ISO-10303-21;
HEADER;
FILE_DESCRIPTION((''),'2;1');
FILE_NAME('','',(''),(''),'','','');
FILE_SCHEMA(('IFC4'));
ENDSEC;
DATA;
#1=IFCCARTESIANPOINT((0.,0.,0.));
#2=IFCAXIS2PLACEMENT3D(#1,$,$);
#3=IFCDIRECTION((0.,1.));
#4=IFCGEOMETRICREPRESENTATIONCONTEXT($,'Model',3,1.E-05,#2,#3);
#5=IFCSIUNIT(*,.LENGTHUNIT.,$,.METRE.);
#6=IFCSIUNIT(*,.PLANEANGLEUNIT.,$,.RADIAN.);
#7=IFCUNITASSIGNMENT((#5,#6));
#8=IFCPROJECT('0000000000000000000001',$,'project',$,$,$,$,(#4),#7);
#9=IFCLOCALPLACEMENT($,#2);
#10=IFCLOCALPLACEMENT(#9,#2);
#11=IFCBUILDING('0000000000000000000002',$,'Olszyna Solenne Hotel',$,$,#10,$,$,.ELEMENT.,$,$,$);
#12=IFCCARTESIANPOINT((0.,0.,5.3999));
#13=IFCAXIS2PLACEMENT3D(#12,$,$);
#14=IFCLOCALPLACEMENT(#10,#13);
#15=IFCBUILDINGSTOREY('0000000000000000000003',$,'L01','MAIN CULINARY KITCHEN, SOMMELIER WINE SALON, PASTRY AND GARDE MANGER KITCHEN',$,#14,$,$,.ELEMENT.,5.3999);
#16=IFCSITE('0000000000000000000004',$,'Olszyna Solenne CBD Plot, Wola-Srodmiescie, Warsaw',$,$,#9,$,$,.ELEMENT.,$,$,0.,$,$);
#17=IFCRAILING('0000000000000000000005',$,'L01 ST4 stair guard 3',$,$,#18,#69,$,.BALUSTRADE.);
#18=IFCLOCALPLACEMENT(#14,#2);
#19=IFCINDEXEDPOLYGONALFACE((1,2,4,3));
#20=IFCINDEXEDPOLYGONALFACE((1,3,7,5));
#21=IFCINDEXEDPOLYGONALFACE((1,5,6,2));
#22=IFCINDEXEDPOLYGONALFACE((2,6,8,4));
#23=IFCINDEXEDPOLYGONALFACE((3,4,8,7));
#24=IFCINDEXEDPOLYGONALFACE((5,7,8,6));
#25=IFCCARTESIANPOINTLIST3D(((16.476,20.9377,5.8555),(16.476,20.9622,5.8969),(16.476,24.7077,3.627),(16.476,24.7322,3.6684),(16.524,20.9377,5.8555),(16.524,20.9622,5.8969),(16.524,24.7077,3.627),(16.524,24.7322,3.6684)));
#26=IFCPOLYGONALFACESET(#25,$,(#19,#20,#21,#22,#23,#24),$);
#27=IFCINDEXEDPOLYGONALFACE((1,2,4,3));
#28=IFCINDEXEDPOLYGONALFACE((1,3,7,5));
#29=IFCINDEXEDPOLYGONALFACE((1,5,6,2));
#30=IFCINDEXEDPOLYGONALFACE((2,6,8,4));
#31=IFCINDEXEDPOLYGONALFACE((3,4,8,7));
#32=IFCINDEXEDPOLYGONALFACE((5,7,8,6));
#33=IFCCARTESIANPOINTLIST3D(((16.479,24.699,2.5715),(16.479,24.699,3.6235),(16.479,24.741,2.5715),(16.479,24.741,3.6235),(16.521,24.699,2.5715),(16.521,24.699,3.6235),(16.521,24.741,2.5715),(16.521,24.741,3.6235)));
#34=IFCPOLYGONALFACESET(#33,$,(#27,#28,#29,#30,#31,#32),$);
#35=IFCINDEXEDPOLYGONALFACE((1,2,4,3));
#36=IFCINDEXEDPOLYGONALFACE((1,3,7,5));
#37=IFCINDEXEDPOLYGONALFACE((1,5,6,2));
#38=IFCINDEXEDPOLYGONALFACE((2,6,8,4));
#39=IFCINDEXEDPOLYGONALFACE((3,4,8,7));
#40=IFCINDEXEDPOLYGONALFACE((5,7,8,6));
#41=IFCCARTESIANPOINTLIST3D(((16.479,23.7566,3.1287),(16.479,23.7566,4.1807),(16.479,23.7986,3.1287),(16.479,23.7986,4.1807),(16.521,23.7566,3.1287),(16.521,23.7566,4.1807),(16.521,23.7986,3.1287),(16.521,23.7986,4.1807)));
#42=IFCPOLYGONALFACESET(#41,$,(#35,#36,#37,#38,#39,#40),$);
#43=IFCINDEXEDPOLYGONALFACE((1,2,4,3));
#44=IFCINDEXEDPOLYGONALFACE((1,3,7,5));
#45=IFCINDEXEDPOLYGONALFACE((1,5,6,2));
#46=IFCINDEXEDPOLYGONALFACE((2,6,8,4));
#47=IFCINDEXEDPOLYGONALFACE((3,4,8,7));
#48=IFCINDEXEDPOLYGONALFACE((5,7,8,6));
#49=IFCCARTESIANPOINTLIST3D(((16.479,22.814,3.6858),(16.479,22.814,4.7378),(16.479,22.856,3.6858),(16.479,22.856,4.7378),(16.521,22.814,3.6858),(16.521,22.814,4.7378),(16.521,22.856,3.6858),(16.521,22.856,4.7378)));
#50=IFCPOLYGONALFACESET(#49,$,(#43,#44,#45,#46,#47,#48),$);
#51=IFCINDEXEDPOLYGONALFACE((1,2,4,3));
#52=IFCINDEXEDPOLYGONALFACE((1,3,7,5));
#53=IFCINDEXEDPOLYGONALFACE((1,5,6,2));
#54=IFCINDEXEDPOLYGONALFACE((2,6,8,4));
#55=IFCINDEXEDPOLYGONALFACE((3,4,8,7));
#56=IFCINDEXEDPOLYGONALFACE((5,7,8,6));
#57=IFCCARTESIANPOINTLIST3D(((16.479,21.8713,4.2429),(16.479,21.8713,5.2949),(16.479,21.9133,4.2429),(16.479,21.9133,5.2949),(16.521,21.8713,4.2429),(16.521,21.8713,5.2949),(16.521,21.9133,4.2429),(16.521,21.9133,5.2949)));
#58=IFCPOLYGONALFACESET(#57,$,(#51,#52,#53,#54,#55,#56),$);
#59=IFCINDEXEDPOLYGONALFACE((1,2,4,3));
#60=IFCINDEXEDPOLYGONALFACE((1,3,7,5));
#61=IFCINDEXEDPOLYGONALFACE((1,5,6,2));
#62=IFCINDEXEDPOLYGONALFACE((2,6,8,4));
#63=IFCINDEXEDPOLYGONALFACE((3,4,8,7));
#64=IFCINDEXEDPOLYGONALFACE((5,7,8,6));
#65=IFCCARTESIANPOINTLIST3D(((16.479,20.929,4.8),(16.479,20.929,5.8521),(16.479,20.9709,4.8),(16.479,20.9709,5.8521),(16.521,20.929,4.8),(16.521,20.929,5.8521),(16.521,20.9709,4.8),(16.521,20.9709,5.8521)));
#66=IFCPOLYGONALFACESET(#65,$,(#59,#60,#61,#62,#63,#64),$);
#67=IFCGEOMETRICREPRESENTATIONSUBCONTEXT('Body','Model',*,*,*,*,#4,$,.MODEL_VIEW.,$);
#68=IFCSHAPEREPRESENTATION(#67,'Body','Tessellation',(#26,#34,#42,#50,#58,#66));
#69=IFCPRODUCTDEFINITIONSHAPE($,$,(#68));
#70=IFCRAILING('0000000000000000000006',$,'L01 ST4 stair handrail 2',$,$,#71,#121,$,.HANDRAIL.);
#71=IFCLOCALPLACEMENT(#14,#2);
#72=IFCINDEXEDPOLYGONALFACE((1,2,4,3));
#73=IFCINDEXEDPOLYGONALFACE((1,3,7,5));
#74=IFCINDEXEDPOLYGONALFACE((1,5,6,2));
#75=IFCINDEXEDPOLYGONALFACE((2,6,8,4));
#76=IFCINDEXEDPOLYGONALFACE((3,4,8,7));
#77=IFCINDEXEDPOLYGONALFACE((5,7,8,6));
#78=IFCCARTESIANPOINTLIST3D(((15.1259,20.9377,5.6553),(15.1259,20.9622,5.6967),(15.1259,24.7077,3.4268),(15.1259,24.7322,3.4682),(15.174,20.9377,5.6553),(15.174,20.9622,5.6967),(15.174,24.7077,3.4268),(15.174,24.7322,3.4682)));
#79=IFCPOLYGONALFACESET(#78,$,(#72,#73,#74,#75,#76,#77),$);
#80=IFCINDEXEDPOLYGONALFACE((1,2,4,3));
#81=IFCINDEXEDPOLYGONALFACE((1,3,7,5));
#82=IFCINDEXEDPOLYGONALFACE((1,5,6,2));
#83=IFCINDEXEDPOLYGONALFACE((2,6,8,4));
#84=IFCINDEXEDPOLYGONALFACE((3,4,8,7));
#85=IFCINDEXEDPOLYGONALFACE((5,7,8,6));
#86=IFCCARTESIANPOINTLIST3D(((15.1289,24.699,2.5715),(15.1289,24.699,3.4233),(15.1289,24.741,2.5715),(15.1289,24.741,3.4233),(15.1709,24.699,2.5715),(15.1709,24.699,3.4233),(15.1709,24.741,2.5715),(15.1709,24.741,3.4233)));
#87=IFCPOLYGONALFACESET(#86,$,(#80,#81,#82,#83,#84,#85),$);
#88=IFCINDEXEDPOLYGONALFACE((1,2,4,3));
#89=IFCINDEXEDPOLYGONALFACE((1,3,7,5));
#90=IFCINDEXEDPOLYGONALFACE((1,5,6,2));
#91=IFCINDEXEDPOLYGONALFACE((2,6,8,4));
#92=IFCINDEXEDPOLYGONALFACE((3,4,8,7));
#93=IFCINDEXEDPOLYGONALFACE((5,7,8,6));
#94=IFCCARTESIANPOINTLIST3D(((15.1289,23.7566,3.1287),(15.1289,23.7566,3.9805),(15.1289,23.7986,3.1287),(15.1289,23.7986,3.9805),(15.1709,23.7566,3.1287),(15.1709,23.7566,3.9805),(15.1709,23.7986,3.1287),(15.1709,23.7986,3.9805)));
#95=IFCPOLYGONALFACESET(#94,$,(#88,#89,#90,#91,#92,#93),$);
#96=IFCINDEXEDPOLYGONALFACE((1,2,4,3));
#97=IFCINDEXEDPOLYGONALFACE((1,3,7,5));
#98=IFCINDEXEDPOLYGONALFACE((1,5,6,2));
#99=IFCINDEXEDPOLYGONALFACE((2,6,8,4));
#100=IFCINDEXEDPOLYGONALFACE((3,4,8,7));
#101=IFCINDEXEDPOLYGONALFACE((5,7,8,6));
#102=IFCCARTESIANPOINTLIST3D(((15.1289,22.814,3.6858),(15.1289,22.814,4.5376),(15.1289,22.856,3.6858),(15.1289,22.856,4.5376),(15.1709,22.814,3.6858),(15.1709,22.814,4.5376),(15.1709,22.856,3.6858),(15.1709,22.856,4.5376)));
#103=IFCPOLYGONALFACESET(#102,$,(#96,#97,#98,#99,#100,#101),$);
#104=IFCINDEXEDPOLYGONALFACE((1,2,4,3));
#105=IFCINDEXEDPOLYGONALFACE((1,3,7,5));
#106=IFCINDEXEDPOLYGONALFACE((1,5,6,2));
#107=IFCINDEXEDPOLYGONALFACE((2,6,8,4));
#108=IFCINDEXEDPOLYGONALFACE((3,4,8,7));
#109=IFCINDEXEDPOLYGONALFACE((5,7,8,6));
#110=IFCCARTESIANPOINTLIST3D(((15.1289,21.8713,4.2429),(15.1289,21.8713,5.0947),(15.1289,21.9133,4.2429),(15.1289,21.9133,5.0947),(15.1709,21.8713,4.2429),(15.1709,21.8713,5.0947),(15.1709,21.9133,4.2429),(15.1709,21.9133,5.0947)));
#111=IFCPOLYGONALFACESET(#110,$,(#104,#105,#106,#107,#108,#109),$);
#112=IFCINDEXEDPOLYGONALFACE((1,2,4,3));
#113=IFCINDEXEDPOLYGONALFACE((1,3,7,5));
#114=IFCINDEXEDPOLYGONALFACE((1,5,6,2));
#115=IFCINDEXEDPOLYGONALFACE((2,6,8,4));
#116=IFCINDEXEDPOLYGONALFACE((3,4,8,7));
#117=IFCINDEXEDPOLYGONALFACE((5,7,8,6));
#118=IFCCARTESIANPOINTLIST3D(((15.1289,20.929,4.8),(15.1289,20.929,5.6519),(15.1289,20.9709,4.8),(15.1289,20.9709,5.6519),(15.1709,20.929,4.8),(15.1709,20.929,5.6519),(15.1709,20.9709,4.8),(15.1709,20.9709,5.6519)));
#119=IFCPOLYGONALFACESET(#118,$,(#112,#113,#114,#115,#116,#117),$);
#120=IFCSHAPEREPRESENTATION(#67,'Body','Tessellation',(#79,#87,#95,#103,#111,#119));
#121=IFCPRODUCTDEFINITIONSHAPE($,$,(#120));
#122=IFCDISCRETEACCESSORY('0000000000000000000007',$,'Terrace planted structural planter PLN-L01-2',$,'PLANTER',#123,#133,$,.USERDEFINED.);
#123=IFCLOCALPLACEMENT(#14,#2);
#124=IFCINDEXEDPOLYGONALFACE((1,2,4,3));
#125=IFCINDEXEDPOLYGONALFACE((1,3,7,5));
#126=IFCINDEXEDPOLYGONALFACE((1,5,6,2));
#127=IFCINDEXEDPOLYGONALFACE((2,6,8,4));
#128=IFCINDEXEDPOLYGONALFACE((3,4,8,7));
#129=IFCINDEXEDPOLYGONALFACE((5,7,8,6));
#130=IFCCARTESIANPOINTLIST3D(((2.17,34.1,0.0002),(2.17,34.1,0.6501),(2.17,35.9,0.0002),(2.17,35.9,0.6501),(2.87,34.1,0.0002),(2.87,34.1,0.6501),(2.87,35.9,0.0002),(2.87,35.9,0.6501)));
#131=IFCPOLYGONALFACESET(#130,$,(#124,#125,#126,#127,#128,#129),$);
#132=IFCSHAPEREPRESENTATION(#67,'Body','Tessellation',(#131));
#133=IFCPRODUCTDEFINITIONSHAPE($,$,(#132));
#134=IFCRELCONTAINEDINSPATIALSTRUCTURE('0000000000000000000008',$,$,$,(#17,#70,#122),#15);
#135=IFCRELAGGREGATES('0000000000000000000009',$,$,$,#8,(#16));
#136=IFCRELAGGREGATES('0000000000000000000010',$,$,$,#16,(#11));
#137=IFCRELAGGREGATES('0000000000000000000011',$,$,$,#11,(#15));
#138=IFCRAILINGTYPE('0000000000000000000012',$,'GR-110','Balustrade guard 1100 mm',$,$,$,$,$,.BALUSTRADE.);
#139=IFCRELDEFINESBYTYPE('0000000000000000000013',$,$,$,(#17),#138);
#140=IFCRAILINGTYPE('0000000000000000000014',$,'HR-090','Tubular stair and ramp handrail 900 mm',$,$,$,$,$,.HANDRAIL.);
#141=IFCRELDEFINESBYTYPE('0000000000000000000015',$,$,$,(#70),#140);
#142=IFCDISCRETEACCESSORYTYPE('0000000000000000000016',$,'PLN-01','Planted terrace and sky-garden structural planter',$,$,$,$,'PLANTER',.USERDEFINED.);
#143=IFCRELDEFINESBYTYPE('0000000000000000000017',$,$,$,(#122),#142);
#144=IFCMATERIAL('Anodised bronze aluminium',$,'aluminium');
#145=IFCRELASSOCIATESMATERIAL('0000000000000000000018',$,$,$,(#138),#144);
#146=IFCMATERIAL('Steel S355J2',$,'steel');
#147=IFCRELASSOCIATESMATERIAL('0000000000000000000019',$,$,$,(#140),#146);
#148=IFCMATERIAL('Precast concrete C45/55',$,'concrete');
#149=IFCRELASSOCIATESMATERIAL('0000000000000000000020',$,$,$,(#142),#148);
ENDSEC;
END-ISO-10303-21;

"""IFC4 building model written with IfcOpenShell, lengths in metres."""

from ifc_helpers import new_model, si_unit, direction, frame, origin, origin_2d, place, context, subcontext, project, spatial, rectangle, extrude, source, transform, mapped, material, type_object, element, save


model = new_model("IFC4")

# Units and contexts
model_context = context("Model", 3, precision=1e-05, world=origin(), true_north=direction((0.0, 1.0)))
body_context = subcontext(model_context, "Body", "Model", "MODEL_VIEW")
ifc_project = project(units=[si_unit("LENGTHUNIT", "METRE"), si_unit("PLANEANGLEUNIT", "RADIAN")], contexts=[model_context])

# Site, building, storey
site_placement = place(None, origin())
site = spatial("IfcSite", under=ifc_project, at=site_placement, Name="Olszyna Solenne CBD Plot, Wola-Srodmiescie, Warsaw", CompositionType="ELEMENT", RefElevation=0.0)
building_placement = place(site_placement, origin())
building = spatial("IfcBuilding", under=site, at=building_placement, Name="Olszyna Solenne Hotel", CompositionType="ELEMENT")
storey_placement = place(building_placement, frame((0.0, 0.0, 5.3999)))
storey = spatial("IfcBuildingStorey", under=building, at=storey_placement, Name="L01", Description="MAIN CULINARY KITCHEN, SOMMELIER WINE SALON, PASTRY AND GARDE MANGER KITCHEN", CompositionType="ELEMENT", Elevation=5.3999)

# Shared definitions
ifc_material_1 = material(Name="Steel S355J2", Category="steel")

# Railings
ifc_material_2 = material(Name="Anodised bronze aluminium", Category="aluminium")
railing_type_1 = type_object("IfcRailingType", Name="GR-110", Description="Balustrade guard 1100 mm", PredefinedType="BALUSTRADE", material=ifc_material_2)
railing_1_placement = place(storey_placement, frame((16.5, 24.72, 2.5715)))
element("IfcRailing", 1, at=railing_1_placement, inside=storey, type_object=railing_type_1, Name="L01 ST4 stair guard 3", PredefinedType="BALUSTRADE", context=body_context, shape_type="SweptSolid", body=[
    extrude(rectangle(XDim=0.0481, YDim=0.0481, at=origin_2d()), frame((0.0, 0.0, 1.0762), z_axis=(0.0, -0.860849, 0.508861), x_axis=(1.0, 0.0, 0.0)), (0.0, 0.0, 1.0), 4.3794),
    extrude(rectangle(XDim=0.042, YDim=0.042, at=origin_2d()), origin(), (0.0, 0.0, 1.0), 1.052),
    extrude(rectangle(XDim=0.042, YDim=0.042, at=origin_2d()), frame((0.0, -0.9424, 0.5571)), (0.0, 0.0, 1.0), 1.052),
    extrude(rectangle(XDim=0.042, YDim=0.042, at=origin_2d()), frame((0.0, -1.885, 1.1143)), (0.0, 0.0, 1.0), 1.052),
    extrude(rectangle(XDim=0.042, YDim=0.042, at=origin_2d()), frame((0.0, -2.8276, 1.6714)), (0.0, 0.0, 1.0), 1.052),
    extrude(rectangle(XDim=0.042, YDim=0.042, at=origin_2d()), frame((0.0, -3.77, 2.2285)), (0.0, 0.0, 1.0), 1.052),
])
railing_type_2 = type_object("IfcRailingType", Name="HR-090", Description="Tubular stair and ramp handrail 900 mm", PredefinedType="HANDRAIL", material=ifc_material_1)
railing_2_placement = place(storey_placement, frame((15.1499, 24.72, 2.5715)))
element("IfcRailing", 2, at=railing_2_placement, inside=storey, type_object=railing_type_2, Name="L01 ST4 stair handrail 2", PredefinedType="HANDRAIL", context=body_context, shape_type="SweptSolid", body=[
    extrude(rectangle(XDim=0.0481, YDim=0.0481, at=origin_2d()), frame((0.0, 0.0, 0.876), z_axis=(0.0, -0.860849, 0.508861), x_axis=(1.0, 0.0, 0.0)), (0.0, 0.0, 1.0), 4.3794),
    extrude(rectangle(XDim=0.042, YDim=0.042, at=origin_2d()), origin(), (0.0, 0.0, 1.0), 0.8518),
    extrude(rectangle(XDim=0.042, YDim=0.042, at=origin_2d()), frame((0.0, -0.9424, 0.5571)), (0.0, 0.0, 1.0), 0.8518),
    extrude(rectangle(XDim=0.042, YDim=0.042, at=origin_2d()), frame((0.0, -1.885, 1.1143)), (0.0, 0.0, 1.0), 0.8518),
    extrude(rectangle(XDim=0.042, YDim=0.042, at=origin_2d()), frame((0.0, -2.8276, 1.6714)), (0.0, 0.0, 1.0), 0.8518),
    extrude(rectangle(XDim=0.042, YDim=0.042, at=origin_2d()), frame((0.0, -3.77, 2.2285)), (0.0, 0.0, 1.0), 0.8518),
])

# Discrete accessory
ifc_material_3 = material(Name="Precast concrete C45/55", Category="concrete")
discrete_accessory_type = type_object("IfcDiscreteAccessoryType", Name="PLN-01", Description="Planted terrace and sky-garden structural planter", ElementType="PLANTER", PredefinedType="USERDEFINED", material=ifc_material_3)
shared_shape_1 = source(origin(), body_context, "Body", "SweptSolid", [
    extrude(rectangle(XDim=1.8, YDim=0.7, at=origin_2d()), origin(), (0.0, 0.0, 1.0), 0.6499),
])
discrete_accessory_placement = place(storey_placement, frame((2.52, 35.0, 0.0002), z_axis=(0.0, 0.0, 1.0), x_axis=(0.0, 1.0, 0.0)))
element("IfcDiscreteAccessory", 3, at=discrete_accessory_placement, inside=storey, type_object=discrete_accessory_type, Name="Terrace planted structural planter PLN-L01-2", ObjectType="PLANTER", PredefinedType="USERDEFINED", context=body_context, shape_type="MappedRepresentation", body=[
    mapped(shared_shape_1, transform((0.0, 0.0, 0.0), x_axis=(1.0, 0.0, 0.0), y_axis=(0.0, 1.0, 0.0), z_axis=(0.0, 0.0, 1.0), scale=1.0)),
])

save(model, "model.ifc")
